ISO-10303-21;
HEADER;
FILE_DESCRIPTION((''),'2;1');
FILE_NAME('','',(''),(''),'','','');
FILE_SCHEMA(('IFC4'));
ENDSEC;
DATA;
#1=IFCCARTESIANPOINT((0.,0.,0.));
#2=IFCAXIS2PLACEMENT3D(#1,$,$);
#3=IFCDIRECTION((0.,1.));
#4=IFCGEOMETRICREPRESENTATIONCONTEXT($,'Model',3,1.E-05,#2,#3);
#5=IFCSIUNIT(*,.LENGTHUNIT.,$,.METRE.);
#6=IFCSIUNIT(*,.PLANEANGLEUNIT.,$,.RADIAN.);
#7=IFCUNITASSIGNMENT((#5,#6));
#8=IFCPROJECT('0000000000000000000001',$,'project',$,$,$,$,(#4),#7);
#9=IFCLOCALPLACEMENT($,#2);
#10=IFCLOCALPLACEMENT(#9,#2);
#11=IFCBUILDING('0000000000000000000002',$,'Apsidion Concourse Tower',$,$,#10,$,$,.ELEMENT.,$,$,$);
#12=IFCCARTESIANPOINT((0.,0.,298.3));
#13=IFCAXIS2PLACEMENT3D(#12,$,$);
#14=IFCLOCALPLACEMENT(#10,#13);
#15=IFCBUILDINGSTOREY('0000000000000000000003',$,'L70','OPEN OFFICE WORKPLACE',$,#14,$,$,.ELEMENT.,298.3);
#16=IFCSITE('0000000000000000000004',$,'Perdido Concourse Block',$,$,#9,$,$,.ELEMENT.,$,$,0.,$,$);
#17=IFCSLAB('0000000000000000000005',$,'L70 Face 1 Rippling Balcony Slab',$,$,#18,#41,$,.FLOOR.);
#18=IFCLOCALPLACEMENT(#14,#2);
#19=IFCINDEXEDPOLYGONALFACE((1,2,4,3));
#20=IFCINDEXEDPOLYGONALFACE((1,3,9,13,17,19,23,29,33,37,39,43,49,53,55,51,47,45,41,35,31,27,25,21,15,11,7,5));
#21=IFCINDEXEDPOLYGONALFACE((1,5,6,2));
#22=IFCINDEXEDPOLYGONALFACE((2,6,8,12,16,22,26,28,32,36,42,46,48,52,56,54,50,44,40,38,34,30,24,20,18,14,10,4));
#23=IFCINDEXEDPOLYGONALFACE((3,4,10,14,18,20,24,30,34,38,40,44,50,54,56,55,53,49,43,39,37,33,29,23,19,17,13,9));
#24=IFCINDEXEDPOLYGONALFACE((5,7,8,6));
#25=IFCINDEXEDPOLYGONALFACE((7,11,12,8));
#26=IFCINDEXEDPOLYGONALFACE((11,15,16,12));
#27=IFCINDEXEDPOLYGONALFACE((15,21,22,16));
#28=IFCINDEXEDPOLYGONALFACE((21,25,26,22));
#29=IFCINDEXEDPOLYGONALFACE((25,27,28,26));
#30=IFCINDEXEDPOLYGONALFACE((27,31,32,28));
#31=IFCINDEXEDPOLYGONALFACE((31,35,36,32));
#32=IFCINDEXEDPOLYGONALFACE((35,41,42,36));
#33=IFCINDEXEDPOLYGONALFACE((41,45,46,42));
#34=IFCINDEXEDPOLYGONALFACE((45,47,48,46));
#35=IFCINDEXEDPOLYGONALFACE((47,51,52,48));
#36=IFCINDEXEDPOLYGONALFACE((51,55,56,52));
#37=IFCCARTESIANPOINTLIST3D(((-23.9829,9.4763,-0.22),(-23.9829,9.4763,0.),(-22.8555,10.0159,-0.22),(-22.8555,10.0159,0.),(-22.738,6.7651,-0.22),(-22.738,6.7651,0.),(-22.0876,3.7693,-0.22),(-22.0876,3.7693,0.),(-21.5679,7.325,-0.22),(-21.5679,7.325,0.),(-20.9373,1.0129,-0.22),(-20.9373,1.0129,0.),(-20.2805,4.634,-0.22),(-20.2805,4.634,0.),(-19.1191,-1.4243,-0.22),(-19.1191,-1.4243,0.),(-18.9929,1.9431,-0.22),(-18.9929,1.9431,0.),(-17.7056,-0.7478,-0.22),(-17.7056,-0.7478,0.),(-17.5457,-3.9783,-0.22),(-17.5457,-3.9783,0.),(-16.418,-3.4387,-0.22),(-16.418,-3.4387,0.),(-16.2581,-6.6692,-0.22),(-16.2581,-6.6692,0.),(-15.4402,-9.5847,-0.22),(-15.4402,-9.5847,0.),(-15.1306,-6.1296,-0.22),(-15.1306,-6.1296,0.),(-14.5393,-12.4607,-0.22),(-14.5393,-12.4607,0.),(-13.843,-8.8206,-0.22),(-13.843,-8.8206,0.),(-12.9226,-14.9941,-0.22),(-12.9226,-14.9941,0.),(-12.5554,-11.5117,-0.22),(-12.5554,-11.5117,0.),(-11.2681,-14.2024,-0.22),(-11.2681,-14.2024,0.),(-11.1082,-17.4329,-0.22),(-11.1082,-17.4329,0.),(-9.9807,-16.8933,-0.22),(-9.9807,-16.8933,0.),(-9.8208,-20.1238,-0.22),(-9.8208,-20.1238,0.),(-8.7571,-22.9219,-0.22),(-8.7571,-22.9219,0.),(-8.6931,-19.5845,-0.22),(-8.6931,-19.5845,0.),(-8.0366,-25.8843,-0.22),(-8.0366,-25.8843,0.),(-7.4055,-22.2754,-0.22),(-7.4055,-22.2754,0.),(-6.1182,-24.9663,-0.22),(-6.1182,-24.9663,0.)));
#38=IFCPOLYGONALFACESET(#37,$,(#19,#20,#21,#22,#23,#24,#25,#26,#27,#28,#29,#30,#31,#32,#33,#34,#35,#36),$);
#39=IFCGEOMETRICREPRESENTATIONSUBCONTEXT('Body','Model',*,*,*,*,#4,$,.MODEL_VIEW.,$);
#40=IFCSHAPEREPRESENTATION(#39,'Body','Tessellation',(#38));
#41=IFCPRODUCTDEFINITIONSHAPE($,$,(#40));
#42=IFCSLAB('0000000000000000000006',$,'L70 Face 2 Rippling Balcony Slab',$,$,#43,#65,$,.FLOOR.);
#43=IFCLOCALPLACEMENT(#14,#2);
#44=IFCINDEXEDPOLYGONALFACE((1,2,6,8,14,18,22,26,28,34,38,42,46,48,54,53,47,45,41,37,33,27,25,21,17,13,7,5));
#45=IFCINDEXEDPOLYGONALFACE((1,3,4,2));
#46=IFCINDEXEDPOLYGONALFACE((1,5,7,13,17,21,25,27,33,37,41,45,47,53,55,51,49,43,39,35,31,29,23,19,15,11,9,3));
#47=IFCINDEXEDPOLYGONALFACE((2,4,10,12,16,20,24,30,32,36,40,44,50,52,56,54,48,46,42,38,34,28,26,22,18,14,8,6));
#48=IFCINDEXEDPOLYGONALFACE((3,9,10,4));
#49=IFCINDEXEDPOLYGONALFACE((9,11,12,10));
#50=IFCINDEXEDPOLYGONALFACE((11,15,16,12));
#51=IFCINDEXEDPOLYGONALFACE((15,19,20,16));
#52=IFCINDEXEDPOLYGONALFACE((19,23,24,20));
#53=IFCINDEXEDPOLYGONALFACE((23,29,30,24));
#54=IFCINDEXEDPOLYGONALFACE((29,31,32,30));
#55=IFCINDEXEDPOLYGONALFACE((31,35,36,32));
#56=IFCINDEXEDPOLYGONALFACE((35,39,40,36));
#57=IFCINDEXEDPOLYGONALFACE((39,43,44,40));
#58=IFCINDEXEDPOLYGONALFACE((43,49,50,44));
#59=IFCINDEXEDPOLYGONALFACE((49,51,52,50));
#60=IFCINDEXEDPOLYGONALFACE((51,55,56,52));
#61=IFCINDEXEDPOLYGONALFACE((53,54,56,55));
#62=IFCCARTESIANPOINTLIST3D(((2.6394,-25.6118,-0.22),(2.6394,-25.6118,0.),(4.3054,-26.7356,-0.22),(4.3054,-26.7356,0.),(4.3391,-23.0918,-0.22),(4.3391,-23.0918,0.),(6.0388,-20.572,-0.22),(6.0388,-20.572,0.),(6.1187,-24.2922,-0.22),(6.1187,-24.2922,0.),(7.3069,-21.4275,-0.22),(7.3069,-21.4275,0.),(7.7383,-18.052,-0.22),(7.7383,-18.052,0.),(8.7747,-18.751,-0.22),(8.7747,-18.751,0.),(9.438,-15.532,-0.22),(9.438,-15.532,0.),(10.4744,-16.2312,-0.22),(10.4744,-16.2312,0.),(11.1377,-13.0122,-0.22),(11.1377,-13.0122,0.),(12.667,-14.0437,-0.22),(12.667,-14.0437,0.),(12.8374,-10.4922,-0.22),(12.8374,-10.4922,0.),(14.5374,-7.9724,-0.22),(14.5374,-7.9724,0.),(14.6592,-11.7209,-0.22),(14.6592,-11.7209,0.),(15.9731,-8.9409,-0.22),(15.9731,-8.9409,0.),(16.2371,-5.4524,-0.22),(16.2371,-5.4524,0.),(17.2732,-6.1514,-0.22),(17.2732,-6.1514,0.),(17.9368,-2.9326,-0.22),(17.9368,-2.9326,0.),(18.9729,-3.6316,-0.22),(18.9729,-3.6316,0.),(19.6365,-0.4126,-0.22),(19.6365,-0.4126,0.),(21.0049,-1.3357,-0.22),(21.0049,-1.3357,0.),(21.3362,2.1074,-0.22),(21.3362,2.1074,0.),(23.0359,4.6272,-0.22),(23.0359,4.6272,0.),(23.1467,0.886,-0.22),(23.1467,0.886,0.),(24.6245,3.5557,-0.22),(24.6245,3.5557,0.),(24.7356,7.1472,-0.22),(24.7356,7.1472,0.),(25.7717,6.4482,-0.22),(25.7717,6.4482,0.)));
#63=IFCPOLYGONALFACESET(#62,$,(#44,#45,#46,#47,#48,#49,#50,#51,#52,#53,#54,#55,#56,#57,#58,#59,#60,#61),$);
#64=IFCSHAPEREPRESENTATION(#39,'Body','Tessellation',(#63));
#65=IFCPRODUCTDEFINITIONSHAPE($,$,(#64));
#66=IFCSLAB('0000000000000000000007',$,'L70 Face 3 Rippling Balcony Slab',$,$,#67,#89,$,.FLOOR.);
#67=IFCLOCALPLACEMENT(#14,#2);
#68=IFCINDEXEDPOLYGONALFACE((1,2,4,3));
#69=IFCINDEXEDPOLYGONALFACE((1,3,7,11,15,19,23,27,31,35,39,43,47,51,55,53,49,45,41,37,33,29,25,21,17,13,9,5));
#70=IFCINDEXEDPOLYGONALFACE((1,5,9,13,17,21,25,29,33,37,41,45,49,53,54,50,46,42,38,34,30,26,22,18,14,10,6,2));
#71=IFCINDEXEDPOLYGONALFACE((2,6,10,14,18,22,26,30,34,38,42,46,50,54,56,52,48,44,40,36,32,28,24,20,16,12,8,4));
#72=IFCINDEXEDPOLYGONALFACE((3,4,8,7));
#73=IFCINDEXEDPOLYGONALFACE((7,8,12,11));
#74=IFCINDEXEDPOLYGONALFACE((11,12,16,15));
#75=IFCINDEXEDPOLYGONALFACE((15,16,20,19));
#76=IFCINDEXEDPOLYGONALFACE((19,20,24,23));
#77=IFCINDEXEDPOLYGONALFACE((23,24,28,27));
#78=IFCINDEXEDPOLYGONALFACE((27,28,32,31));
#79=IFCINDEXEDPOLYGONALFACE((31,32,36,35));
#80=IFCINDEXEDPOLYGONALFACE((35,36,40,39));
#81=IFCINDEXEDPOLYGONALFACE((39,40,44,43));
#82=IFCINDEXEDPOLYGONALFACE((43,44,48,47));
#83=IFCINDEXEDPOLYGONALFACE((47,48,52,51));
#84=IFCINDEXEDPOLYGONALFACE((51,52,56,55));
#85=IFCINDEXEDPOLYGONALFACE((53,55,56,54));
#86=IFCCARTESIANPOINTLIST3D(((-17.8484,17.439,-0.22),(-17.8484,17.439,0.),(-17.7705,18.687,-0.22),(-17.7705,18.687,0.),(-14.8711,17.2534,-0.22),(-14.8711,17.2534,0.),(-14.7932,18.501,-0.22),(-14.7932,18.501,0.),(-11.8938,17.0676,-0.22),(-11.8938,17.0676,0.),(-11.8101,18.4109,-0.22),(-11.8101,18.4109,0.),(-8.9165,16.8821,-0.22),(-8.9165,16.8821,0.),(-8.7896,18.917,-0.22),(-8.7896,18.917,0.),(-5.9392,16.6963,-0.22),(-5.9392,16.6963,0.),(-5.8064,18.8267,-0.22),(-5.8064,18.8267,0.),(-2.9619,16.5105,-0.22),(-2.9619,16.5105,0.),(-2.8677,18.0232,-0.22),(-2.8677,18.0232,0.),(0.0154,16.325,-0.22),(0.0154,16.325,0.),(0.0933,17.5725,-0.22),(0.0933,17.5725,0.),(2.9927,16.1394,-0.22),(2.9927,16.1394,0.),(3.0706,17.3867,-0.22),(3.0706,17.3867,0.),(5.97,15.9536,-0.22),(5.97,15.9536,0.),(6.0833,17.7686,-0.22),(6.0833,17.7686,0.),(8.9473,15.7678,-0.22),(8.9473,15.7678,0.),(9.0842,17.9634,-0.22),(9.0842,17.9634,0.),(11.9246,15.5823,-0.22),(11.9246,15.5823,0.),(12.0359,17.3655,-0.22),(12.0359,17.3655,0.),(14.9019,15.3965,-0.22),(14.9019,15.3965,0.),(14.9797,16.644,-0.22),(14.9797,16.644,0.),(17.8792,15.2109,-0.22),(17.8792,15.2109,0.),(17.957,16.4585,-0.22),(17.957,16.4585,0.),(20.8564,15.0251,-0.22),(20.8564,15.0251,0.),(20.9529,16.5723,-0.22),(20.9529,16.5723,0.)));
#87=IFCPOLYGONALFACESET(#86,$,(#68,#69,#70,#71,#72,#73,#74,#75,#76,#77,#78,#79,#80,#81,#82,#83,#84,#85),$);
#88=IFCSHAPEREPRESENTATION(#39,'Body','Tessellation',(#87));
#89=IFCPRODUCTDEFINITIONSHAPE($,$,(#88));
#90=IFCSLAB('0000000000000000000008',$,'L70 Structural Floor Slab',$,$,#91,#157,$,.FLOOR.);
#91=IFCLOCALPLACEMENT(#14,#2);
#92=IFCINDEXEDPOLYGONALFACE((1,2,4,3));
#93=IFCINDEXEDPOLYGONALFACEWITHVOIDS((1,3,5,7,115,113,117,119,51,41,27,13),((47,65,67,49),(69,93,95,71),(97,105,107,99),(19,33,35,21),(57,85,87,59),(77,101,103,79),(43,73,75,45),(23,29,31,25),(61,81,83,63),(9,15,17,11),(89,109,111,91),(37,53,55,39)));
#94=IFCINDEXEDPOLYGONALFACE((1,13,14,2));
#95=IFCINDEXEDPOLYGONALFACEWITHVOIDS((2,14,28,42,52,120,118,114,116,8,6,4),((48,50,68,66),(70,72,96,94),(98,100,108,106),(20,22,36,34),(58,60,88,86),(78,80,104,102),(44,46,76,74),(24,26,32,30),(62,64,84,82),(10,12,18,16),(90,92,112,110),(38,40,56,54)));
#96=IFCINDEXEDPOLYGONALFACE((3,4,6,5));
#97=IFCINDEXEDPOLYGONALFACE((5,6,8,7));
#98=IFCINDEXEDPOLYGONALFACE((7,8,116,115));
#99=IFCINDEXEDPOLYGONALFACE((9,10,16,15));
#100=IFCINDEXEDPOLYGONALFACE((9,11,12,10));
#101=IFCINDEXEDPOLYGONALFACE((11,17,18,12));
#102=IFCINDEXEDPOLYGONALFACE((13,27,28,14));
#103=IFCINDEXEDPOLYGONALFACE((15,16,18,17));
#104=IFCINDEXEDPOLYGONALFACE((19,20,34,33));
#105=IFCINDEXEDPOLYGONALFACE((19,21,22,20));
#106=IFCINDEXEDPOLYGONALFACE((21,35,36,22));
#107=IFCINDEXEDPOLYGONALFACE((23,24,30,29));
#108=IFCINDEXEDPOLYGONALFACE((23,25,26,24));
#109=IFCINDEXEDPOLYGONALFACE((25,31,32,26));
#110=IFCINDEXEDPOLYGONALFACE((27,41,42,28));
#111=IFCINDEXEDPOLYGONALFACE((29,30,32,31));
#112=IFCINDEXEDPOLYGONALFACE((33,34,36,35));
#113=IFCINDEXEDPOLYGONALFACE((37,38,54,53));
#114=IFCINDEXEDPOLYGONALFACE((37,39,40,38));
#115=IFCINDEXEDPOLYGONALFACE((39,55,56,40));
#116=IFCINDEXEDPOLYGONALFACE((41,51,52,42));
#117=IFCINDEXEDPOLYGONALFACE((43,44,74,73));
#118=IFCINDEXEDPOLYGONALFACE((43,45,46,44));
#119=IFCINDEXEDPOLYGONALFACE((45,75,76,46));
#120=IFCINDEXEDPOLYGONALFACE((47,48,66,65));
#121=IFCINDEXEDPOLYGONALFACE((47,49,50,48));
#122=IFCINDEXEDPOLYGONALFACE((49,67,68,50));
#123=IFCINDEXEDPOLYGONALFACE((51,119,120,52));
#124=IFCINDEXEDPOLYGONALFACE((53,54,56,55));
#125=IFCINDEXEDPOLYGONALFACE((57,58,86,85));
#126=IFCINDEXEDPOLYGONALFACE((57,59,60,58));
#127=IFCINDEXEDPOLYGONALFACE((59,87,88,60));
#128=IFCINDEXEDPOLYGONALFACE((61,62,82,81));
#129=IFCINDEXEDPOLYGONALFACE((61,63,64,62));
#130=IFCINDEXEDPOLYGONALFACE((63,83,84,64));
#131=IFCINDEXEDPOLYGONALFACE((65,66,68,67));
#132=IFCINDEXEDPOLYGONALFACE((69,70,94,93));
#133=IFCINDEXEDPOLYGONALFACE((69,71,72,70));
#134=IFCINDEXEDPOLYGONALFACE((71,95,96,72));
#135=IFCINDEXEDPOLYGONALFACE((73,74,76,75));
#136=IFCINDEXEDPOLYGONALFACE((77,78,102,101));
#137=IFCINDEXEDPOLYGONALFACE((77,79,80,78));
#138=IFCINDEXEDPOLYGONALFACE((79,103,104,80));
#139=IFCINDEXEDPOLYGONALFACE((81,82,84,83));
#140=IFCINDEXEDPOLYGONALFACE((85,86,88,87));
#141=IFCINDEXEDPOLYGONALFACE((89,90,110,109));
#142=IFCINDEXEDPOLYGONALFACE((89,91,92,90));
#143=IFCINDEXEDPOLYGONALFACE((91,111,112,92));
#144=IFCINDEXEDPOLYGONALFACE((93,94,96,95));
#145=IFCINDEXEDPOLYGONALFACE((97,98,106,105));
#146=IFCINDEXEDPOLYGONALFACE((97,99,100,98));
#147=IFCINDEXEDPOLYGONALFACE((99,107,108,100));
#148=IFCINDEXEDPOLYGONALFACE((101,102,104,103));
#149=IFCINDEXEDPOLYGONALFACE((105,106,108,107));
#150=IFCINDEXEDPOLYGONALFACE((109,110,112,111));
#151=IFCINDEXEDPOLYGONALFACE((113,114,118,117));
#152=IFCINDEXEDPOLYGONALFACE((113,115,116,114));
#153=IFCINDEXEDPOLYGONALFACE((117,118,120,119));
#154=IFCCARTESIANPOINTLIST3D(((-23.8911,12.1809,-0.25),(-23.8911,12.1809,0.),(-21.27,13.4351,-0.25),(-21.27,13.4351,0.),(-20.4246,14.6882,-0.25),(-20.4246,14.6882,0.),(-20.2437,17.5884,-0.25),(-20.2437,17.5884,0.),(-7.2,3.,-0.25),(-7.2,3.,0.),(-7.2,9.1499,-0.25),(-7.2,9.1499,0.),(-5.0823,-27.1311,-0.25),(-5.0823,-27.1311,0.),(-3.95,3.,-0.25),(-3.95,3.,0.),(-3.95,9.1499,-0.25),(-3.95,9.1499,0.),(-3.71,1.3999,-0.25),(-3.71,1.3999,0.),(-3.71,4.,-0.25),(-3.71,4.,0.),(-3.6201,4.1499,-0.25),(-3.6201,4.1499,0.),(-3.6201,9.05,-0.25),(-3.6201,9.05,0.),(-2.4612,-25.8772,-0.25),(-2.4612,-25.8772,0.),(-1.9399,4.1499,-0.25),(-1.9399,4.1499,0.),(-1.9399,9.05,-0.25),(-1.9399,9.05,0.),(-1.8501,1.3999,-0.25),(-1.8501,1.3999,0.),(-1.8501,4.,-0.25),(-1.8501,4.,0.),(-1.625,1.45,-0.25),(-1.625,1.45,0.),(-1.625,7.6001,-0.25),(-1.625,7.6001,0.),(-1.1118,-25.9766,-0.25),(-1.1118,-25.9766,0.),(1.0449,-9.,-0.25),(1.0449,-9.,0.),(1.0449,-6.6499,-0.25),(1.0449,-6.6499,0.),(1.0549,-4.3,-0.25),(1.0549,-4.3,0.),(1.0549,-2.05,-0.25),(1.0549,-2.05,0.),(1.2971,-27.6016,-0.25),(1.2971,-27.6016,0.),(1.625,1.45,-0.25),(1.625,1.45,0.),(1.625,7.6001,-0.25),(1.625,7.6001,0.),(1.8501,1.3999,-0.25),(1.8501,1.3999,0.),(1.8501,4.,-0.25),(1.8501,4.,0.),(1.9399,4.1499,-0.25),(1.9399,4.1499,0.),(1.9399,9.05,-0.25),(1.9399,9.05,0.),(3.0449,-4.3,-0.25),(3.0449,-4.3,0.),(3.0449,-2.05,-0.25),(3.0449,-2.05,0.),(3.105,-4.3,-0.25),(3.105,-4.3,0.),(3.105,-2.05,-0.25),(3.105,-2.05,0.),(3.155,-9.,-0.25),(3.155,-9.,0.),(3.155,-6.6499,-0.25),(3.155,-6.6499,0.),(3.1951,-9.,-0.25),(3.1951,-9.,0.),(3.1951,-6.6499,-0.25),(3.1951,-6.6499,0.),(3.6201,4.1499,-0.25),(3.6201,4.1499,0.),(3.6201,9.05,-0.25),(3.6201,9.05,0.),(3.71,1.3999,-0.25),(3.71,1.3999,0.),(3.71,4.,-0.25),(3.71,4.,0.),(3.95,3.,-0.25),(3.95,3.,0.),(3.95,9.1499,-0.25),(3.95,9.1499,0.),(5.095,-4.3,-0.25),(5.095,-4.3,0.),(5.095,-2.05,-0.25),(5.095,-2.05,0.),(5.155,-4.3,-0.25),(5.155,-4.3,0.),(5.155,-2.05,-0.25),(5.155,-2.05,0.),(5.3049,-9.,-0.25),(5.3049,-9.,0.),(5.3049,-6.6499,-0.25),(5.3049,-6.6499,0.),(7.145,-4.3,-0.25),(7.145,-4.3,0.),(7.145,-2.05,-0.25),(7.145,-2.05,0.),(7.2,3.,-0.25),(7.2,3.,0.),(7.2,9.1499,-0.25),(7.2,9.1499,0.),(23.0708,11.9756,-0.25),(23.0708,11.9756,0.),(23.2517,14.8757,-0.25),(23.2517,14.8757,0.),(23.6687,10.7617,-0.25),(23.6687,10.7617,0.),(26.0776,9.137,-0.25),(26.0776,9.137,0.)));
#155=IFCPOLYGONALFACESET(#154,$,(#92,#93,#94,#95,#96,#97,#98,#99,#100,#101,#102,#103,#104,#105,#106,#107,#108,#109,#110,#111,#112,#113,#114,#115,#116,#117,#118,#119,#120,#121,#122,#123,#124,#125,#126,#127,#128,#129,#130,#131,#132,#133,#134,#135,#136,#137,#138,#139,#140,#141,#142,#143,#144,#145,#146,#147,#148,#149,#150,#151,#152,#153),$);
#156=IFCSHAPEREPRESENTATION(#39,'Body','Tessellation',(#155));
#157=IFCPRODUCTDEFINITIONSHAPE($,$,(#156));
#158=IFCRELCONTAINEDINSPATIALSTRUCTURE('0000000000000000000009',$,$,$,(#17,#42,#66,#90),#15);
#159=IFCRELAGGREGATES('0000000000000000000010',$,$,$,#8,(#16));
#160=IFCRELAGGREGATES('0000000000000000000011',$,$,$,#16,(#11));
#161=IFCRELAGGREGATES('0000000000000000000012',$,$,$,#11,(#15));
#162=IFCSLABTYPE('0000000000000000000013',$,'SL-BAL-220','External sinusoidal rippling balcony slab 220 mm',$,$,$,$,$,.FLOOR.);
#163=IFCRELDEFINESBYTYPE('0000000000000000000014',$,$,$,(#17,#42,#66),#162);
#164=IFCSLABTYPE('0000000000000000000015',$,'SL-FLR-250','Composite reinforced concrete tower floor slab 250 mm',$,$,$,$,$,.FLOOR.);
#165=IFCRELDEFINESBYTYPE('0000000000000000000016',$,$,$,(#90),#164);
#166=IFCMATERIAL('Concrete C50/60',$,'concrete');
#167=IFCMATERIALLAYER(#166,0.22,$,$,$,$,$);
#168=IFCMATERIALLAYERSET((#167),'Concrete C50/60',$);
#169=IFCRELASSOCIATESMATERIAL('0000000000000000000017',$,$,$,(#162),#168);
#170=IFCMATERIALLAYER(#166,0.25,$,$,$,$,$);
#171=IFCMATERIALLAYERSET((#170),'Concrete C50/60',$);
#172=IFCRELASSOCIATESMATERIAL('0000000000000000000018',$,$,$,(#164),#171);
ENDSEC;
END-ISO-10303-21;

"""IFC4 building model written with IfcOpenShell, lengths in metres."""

from ifc_helpers import new_model, si_unit, direction, frame, origin, place, context, subcontext, project, spatial, polyline, outline, extrude, material, layer, layer_set, type_object, element, save


model = new_model("IFC4")

# Units and contexts
model_context = context("Model", 3, precision=1e-05, world=origin(), true_north=direction((0.0, 1.0)))
body_context = subcontext(model_context, "Body", "Model", "MODEL_VIEW")
ifc_project = project(units=[si_unit("LENGTHUNIT", "METRE"), si_unit("PLANEANGLEUNIT", "RADIAN")], contexts=[model_context])

# Site, building, storey
site_placement = place(None, origin())
site = spatial("IfcSite", under=ifc_project, at=site_placement, Name="Perdido Concourse Block", CompositionType="ELEMENT", RefElevation=0.0)
building_placement = place(site_placement, origin())
building = spatial("IfcBuilding", under=site, at=building_placement, Name="Apsidion Concourse Tower", CompositionType="ELEMENT")
storey_placement = place(building_placement, frame((0.0, 0.0, 298.3)))
storey = spatial("IfcBuildingStorey", under=building, at=storey_placement, Name="L70", Description="OPEN OFFICE WORKPLACE", CompositionType="ELEMENT", Elevation=298.3)

# Shared definitions
ifc_material_1 = material(Name="Concrete C50/60", Category="concrete")

# Slabs
ifc_layer_1 = layer(ifc_material_1, 0.22)
ifc_layer_set_1 = layer_set([ifc_layer_1], Name="Concrete C50/60")
slab_type_1 = type_object("IfcSlabType", Name="SL-BAL-220", Description="External sinusoidal rippling balcony slab 220 mm", PredefinedType="FLOOR", material=ifc_layer_set_1)
slab_1_placement = place(storey_placement, frame((0.0, 0.0, -0.22)))
element("IfcSlab", 1, at=slab_1_placement, inside=storey, type_object=slab_type_1, Name="L70 Face 1 Rippling Balcony Slab", PredefinedType="FLOOR", context=body_context, shape_type="SweptSolid", body=[
    extrude(outline(polyline([(-22.8555, 10.0159), (-21.5679, 7.325), (-20.2805, 4.634), (-18.9929, 1.9431), (-17.7056, -0.7478), (-16.418, -3.4387), (-15.1306, -6.1296), (-13.843, -8.8206), (-12.5554, -11.5117), (-11.2681, -14.2024), (-9.9807, -16.8933), (-8.6931, -19.5845), (-7.4055, -22.2754), (-6.1182, -24.9663), (-8.0366, -25.8843), (-8.7571, -22.9219), (-9.8208, -20.1238), (-11.1082, -17.4329), (-12.9226, -14.9941), (-14.5393, -12.4607), (-15.4402, -9.5847), (-16.2581, -6.6692), (-17.5457, -3.9783), (-19.1191, -1.4243), (-20.9373, 1.0129), (-22.0876, 3.7693), (-22.738, 6.7651), (-23.9829, 9.4763), (-22.8555, 10.0159)])), origin(), (0.0, 0.0, 1.0), 0.22),
])
slab_2_placement = place(storey_placement, frame((0.0, 0.0, -0.22)))
element("IfcSlab", 2, at=slab_2_placement, inside=storey, type_object=slab_type_1, Name="L70 Face 2 Rippling Balcony Slab", PredefinedType="FLOOR", context=body_context, shape_type="SweptSolid", body=[
    extrude(outline(polyline([(2.6394, -25.6118), (4.3391, -23.0918), (6.0388, -20.572), (7.7383, -18.052), (9.438, -15.532), (11.1377, -13.0122), (12.8374, -10.4922), (14.5374, -7.9724), (16.2371, -5.4524), (17.9368, -2.9326), (19.6365, -0.4126), (21.3362, 2.1074), (23.0359, 4.6272), (24.7356, 7.1472), (25.7717, 6.4482), (24.6245, 3.5557), (23.1467, 0.886), (21.0049, -1.3357), (18.9729, -3.6316), (17.2732, -6.1514), (15.9731, -8.9409), (14.6592, -11.7209), (12.667, -14.0437), (10.4744, -16.2312), (8.7747, -18.751), (7.3069, -21.4275), (6.1187, -24.2922), (4.3054, -26.7356), (2.6394, -25.6118)])), origin(), (0.0, 0.0, 1.0), 0.22),
])
slab_3_placement = place(storey_placement, frame((0.0, 0.0, -0.22)))
element("IfcSlab", 3, at=slab_3_placement, inside=storey, type_object=slab_type_1, Name="L70 Face 3 Rippling Balcony Slab", PredefinedType="FLOOR", context=body_context, shape_type="SweptSolid", body=[
    extrude(outline(polyline([(20.8564, 15.0251), (17.8792, 15.2109), (14.9019, 15.3965), (11.9246, 15.5823), (8.9473, 15.7678), (5.97, 15.9536), (2.9927, 16.1394), (0.0154, 16.325), (-2.9619, 16.5105), (-5.9392, 16.6963), (-8.9165, 16.8821), (-11.8938, 17.0676), (-14.8711, 17.2534), (-17.8484, 17.439), (-17.7705, 18.687), (-14.7932, 18.501), (-11.8101, 18.4109), (-8.7896, 18.917), (-5.8064, 18.8267), (-2.8677, 18.0232), (0.0933, 17.5725), (3.0706, 17.3867), (6.0833, 17.7686), (9.0842, 17.9634), (12.0359, 17.3655), (14.9797, 16.644), (17.957, 16.4585), (20.9529, 16.5723), (20.8564, 15.0251)])), origin(), (0.0, 0.0, 1.0), 0.22),
])
ifc_layer_2 = layer(ifc_material_1, 0.25)
ifc_layer_set_2 = layer_set([ifc_layer_2], Name="Concrete C50/60")
slab_type_2 = type_object("IfcSlabType", Name="SL-FLR-250", Description="Composite reinforced concrete tower floor slab 250 mm", PredefinedType="FLOOR", material=ifc_layer_set_2)
slab_4_placement = place(storey_placement, frame((0.0, 0.0, -0.25)))
element("IfcSlab", 4, at=slab_4_placement, inside=storey, type_object=slab_type_2, Name="L70 Structural Floor Slab", PredefinedType="FLOOR", context=body_context, shape_type="SweptSolid", body=[
    extrude(outline(polyline([(-20.2437, 17.5884), (-20.4246, 14.6882), (-21.27, 13.4351), (-23.8911, 12.1809), (-5.0823, -27.1311), (-2.4612, -25.8772), (-1.1118, -25.9766), (1.2971, -27.6016), (26.0776, 9.137), (23.6687, 10.7617), (23.0708, 11.9756), (23.2517, 14.8757), (-20.2437, 17.5884)]), holes=[polyline([(-3.95, 3.0), (-3.95, 9.1499), (-7.2, 9.1499), (-7.2, 3.0), (-3.95, 3.0)]), polyline([(7.2, 3.0), (7.2, 9.1499), (3.95, 9.1499), (3.95, 3.0), (7.2, 3.0)]), polyline([(-1.625, 7.6001), (-1.625, 1.45), (1.625, 1.45), (1.625, 7.6001), (-1.625, 7.6001)]), polyline([(1.0549, -4.3), (3.0449, -4.3), (3.0449, -2.05), (1.0549, -2.05), (1.0549, -4.3)]), polyline([(3.105, -4.3), (5.095, -4.3), (5.095, -2.05), (3.105, -2.05), (3.105, -4.3)]), polyline([(5.155, -4.3), (7.145, -4.3), (7.145, -2.05), (5.155, -2.05), (5.155, -4.3)]), polyline([(1.0449, -9.0), (3.155, -9.0), (3.155, -6.6499), (1.0449, -6.6499), (1.0449, -9.0)]), polyline([(3.1951, -9.0), (5.3049, -9.0), (5.3049, -6.6499), (3.1951, -6.6499), (3.1951, -9.0)]), polyline([(-3.71, 1.3999), (-1.8501, 1.3999), (-1.8501, 4.0), (-3.71, 4.0), (-3.71, 1.3999)]), polyline([(1.8501, 1.3999), (3.71, 1.3999), (3.71, 4.0), (1.8501, 4.0), (1.8501, 1.3999)]), polyline([(-3.6201, 4.1499), (-1.9399, 4.1499), (-1.9399, 9.05), (-3.6201, 9.05), (-3.6201, 4.1499)]), polyline([(1.9399, 4.1499), (3.6201, 4.1499), (3.6201, 9.05), (1.9399, 9.05), (1.9399, 4.1499)])]), origin(), (0.0, 0.0, 1.0), 0.25),
])

save(model, "model.ifc")
